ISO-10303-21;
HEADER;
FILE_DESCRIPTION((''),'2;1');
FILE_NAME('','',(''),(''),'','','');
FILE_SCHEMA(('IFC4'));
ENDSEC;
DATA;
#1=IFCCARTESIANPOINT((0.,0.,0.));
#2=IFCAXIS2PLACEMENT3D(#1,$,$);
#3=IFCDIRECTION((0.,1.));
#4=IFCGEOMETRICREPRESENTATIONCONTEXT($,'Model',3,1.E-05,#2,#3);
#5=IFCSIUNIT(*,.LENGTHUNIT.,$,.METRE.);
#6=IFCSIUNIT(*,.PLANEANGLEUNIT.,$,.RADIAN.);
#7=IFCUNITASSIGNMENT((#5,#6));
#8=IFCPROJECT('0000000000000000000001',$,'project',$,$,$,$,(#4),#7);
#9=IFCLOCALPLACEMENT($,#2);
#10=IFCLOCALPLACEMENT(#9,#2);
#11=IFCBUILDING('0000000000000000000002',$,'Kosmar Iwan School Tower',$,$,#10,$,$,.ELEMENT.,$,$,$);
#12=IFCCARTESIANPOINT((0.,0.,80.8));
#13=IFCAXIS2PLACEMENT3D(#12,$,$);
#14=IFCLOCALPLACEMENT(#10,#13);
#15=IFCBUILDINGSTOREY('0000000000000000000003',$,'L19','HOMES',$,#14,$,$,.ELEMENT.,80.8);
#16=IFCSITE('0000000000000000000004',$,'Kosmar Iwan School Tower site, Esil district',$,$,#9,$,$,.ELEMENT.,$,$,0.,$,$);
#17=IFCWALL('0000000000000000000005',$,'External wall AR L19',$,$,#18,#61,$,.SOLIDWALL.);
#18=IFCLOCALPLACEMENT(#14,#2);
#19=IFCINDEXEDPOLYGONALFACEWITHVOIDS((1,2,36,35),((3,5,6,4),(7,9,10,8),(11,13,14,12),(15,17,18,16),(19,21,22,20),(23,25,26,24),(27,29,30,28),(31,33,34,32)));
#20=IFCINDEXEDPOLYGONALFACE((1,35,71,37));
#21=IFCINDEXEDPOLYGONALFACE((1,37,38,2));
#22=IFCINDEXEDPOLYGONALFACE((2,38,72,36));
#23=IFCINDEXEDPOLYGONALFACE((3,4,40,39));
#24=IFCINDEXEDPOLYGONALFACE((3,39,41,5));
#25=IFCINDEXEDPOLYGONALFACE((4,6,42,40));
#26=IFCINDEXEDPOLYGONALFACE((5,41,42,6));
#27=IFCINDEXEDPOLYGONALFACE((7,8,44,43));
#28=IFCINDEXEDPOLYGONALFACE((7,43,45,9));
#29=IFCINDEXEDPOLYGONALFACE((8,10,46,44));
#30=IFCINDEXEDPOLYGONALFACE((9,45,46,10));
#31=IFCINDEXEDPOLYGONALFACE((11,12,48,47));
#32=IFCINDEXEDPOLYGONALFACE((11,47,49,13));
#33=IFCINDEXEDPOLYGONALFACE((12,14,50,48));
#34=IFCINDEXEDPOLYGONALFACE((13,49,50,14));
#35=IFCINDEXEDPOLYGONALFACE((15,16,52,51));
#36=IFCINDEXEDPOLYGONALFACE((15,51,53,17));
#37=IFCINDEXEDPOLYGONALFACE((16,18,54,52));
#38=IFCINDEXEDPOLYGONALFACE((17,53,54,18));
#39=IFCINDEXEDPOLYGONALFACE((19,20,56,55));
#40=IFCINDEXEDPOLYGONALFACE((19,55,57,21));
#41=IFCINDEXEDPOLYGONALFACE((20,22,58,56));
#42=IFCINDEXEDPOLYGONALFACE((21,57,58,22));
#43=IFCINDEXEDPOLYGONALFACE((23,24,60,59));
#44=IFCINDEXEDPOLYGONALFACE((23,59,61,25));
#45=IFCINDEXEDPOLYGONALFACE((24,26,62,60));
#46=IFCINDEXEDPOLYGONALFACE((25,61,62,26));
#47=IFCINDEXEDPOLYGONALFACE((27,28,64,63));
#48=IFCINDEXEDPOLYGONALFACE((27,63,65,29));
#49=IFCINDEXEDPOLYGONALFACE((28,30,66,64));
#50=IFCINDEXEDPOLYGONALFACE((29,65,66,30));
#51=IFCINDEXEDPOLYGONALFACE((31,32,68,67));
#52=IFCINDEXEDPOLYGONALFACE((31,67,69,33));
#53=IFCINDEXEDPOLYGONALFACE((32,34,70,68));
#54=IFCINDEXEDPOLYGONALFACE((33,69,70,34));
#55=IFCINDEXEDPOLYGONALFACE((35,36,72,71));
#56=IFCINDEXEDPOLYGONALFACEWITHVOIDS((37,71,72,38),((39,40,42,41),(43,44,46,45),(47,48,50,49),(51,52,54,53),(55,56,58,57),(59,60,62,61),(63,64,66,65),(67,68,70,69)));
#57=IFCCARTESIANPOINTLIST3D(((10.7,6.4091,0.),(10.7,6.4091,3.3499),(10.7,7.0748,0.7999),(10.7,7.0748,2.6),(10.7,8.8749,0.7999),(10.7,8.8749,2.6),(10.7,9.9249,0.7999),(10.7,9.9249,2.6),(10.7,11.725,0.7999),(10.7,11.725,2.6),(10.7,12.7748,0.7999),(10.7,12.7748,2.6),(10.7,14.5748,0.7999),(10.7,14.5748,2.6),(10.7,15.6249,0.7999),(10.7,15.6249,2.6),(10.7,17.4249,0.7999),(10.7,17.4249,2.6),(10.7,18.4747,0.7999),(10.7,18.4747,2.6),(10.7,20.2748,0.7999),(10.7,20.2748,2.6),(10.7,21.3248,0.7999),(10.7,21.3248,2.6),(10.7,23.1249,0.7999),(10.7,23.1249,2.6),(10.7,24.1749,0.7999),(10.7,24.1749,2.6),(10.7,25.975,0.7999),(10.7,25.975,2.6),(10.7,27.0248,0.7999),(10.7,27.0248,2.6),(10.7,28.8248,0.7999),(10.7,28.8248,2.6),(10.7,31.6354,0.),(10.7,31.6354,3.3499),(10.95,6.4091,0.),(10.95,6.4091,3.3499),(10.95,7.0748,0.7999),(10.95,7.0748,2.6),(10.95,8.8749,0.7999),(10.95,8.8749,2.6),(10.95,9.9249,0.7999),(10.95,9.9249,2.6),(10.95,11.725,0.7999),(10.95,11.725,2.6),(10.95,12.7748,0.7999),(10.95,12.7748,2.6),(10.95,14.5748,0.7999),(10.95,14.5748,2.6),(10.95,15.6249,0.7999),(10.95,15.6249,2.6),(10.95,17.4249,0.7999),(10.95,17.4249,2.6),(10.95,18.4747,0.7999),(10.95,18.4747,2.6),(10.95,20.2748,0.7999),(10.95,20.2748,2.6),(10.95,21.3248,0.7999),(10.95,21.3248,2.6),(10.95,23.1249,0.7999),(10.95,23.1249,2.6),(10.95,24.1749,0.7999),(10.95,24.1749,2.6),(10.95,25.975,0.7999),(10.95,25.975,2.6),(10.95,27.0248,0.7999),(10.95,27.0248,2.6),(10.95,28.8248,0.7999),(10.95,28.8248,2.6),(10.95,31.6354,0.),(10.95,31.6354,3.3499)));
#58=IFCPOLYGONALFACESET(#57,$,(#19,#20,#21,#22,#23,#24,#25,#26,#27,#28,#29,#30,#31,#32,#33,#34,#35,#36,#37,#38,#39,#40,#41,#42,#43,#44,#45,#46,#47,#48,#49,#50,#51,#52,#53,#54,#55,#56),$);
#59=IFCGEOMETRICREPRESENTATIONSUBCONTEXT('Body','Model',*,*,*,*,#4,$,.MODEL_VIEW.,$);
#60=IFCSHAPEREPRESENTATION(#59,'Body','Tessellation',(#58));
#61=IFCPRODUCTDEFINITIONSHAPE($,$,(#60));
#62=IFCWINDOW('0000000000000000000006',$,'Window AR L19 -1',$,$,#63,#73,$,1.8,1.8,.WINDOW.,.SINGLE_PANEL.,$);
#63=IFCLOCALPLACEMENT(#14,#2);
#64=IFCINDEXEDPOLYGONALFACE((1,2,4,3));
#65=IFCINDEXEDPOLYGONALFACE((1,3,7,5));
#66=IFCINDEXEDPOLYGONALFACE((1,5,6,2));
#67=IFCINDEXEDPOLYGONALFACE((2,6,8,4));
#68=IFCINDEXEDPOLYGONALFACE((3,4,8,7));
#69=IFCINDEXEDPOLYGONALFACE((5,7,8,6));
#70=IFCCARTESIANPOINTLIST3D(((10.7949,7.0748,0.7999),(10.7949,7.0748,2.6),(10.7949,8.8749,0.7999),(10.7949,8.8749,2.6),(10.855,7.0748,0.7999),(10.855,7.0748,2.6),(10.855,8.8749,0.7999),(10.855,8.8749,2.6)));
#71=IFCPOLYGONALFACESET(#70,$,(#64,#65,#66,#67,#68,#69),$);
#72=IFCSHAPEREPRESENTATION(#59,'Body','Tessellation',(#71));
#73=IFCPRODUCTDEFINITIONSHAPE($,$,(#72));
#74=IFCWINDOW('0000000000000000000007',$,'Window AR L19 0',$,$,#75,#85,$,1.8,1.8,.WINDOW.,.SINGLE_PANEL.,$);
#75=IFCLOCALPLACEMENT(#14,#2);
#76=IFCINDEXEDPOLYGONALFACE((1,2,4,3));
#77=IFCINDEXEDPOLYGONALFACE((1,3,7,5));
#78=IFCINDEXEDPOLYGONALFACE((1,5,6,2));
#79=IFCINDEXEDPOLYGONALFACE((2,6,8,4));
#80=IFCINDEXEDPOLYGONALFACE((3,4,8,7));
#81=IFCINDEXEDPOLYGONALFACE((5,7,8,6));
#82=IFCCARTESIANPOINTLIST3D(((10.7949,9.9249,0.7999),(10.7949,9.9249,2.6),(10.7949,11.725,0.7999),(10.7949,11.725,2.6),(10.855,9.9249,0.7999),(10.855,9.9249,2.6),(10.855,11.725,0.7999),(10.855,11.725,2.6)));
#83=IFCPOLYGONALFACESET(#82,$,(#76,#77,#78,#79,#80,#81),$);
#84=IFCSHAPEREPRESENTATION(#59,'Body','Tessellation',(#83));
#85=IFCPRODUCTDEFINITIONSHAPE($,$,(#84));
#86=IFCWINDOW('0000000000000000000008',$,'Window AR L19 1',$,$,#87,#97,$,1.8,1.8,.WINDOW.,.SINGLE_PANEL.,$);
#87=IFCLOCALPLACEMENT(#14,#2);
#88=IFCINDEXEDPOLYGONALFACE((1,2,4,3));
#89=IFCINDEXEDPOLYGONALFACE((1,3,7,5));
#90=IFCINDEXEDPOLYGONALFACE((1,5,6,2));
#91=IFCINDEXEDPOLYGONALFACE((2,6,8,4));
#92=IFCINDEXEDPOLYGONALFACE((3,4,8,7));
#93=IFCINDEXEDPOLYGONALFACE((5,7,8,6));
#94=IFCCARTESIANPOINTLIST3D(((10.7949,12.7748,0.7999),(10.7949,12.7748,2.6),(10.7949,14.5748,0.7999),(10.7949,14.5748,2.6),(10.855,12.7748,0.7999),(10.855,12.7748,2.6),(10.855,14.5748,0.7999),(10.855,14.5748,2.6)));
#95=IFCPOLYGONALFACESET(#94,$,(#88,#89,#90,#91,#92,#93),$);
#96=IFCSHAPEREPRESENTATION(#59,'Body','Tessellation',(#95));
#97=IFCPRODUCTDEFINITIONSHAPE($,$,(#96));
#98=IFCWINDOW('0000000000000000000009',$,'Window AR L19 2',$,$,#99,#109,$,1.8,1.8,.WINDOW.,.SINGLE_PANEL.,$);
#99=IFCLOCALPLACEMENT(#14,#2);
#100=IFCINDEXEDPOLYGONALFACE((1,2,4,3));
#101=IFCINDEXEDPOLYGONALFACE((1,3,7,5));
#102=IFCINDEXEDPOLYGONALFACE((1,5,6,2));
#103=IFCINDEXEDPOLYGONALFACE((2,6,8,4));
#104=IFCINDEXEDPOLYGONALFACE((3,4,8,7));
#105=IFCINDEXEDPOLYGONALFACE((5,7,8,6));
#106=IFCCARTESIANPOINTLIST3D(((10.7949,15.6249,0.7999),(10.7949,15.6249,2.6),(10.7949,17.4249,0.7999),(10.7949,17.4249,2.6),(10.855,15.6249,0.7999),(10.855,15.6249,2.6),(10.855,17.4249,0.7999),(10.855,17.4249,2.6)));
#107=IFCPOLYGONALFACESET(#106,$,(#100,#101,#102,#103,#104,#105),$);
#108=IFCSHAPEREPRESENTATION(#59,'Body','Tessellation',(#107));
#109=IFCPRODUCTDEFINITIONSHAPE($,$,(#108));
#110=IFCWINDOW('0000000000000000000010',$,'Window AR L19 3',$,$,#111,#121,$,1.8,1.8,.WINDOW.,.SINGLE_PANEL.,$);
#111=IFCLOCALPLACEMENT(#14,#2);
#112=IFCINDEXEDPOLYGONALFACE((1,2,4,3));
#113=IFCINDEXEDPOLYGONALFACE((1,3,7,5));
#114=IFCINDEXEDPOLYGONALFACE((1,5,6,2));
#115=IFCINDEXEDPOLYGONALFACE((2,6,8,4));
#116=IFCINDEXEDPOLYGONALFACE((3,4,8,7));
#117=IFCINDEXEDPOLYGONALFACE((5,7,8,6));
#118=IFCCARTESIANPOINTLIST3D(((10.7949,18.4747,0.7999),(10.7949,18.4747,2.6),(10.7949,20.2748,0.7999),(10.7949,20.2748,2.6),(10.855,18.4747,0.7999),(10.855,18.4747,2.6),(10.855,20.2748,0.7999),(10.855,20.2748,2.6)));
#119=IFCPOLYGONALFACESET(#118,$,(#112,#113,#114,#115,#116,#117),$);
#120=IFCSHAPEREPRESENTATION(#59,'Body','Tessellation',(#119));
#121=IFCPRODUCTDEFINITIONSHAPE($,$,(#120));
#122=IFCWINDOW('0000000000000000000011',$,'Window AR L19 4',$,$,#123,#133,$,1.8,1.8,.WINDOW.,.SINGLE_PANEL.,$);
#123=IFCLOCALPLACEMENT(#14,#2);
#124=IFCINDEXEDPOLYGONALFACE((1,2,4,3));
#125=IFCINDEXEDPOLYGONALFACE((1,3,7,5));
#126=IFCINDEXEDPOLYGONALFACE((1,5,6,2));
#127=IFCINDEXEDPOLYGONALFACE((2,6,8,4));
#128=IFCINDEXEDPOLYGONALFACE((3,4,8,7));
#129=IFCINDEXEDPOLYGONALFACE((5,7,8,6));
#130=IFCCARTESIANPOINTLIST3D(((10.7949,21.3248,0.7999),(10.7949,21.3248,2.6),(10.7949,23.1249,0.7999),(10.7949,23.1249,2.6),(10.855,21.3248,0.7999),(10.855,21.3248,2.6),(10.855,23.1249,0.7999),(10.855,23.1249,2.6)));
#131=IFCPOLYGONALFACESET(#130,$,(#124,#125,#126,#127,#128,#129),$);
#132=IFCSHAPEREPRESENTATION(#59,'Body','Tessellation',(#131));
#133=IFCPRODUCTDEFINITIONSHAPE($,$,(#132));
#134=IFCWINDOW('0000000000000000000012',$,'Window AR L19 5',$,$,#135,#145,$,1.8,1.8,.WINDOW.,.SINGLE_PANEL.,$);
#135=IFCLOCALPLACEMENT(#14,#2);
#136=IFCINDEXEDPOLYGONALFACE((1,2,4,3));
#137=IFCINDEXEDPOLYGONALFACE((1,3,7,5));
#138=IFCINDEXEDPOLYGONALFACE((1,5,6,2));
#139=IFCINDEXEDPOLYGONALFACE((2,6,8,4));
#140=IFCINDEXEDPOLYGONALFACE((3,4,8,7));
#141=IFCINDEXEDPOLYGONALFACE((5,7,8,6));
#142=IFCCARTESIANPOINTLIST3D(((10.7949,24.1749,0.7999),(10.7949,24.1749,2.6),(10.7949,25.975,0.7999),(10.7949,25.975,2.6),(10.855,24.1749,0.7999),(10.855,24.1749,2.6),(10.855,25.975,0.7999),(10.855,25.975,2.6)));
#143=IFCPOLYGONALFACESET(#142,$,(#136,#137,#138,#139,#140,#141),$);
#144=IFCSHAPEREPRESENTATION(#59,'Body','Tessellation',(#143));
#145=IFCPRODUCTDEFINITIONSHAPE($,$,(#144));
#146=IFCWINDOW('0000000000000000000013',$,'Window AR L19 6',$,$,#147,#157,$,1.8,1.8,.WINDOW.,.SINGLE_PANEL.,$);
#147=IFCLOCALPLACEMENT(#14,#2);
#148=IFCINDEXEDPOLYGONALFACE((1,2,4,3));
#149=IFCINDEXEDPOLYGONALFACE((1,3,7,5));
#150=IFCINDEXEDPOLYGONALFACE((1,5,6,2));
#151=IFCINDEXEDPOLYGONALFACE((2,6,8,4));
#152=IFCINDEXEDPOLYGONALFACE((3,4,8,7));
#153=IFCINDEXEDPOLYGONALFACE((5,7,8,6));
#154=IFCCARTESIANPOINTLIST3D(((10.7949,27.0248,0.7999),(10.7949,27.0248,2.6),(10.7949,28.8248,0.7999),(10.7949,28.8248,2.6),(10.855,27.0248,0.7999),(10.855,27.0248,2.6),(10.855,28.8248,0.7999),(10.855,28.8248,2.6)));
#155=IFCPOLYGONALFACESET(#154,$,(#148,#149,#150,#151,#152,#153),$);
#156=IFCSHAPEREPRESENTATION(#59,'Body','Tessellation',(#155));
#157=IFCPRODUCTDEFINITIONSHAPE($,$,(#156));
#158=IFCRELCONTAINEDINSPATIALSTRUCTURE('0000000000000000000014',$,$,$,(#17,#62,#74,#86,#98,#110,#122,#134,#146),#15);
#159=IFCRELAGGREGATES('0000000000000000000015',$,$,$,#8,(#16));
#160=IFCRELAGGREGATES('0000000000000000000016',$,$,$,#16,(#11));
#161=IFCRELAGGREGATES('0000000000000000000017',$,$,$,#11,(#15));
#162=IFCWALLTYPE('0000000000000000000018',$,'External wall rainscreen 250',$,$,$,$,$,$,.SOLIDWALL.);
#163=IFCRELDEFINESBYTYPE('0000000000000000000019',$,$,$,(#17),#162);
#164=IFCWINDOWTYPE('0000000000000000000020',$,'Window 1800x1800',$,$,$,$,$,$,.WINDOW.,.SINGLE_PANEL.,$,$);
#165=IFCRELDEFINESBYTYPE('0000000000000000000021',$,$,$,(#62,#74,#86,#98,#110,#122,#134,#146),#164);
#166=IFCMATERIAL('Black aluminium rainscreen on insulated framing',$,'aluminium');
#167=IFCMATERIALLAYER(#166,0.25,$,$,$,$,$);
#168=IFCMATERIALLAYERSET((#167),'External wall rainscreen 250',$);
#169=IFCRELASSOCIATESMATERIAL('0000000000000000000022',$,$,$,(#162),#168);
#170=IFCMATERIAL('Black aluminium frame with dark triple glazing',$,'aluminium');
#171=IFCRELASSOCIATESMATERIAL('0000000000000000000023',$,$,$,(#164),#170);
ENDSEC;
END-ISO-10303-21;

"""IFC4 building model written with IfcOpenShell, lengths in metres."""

from ifc_helpers import new_model, si_unit, direction, frame, frame_2d, origin, place, context, subcontext, project, spatial, rectangle, extrude, material, layer, layer_set, type_object, element, fill, save


model = new_model("IFC4")

# Units and contexts
model_context = context("Model", 3, precision=1e-05, world=origin(), true_north=direction((0.0, 1.0)))
body_context = subcontext(model_context, "Body", "Model", "MODEL_VIEW")
ifc_project = project(units=[si_unit("LENGTHUNIT", "METRE"), si_unit("PLANEANGLEUNIT", "RADIAN")], contexts=[model_context])

# Site, building, storey
site_placement = place(None, origin())
site = spatial("IfcSite", under=ifc_project, at=site_placement, Name="Kosmar Iwan School Tower site, Esil district", CompositionType="ELEMENT", RefElevation=0.0)
building_placement = place(site_placement, origin())
building = spatial("IfcBuilding", under=site, at=building_placement, Name="Kosmar Iwan School Tower", CompositionType="ELEMENT")
storey_placement = place(building_placement, frame((0.0, 0.0, 80.8)))
storey = spatial("IfcBuildingStorey", under=building, at=storey_placement, Name="L19", Description="HOMES", CompositionType="ELEMENT", Elevation=80.8)

# Wall, openings, windows
ifc_material_1 = material(Name="Black aluminium rainscreen on insulated framing", Category="aluminium")
ifc_layer = layer(ifc_material_1, 0.25)
ifc_layer_set = layer_set([ifc_layer], Name="External wall rainscreen 250")
wall_type = type_object("IfcWallType", Name="External wall rainscreen 250", PredefinedType="SOLIDWALL", material=ifc_layer_set)
ifc_material_2 = material(Name="Black aluminium frame with dark triple glazing", Category="aluminium")
window_type = type_object("IfcWindowType", Name="Window 1800x1800", PartitioningType="SINGLE_PANEL", PredefinedType="WINDOW", material=ifc_material_2)
wall_1_placement = place(storey_placement, frame((10.825, 6.4089, 0.0), z_axis=(0.0, 0.0, 1.0), x_axis=(0.0, 1.0, 0.0)))
wall_1 = element("IfcWall", 1, at=wall_1_placement, inside=storey, type_object=wall_type, Name="External wall AR L19", PredefinedType="SOLIDWALL", context=body_context, shape_type="SweptSolid", body=[
    extrude(rectangle(XDim=25.2263, YDim=0.25, at=frame_2d((12.6133, 0.0))), origin(), (0.0, 0.0, 1.0), 3.3499),
])
opening_1_placement = place(wall_1_placement, frame((0.666, 0.0, 0.8)))
opening_1 = element("IfcOpeningElement", 2, at=opening_1_placement, cuts=wall_1, PredefinedType="OPENING", context=body_context, shape_type="SweptSolid", body=[
    extrude(rectangle(XDim=1.8, YDim=1.8, at=frame_2d((0.8999, 0.8999))), frame((0.0, 0.137, 0.0), z_axis=(0.0, -1.0, 0.0), x_axis=(1.0, 0.0, 0.0)), (0.0, 0.0, 1.0), 0.2739),
])
opening_2_placement = place(wall_1_placement, frame((3.5161, 0.0, 0.8)))
opening_2 = element("IfcOpeningElement", 3, at=opening_2_placement, cuts=wall_1, PredefinedType="OPENING", context=body_context, shape_type="SweptSolid", body=[
    extrude(rectangle(XDim=1.8, YDim=1.8, at=frame_2d((0.8999, 0.8999))), frame((0.0, 0.137, 0.0), z_axis=(0.0, -1.0, 0.0), x_axis=(1.0, 0.0, 0.0)), (0.0, 0.0, 1.0), 0.2739),
])
opening_3_placement = place(wall_1_placement, frame((6.366, 0.0, 0.8)))
opening_3 = element("IfcOpeningElement", 4, at=opening_3_placement, cuts=wall_1, PredefinedType="OPENING", context=body_context, shape_type="SweptSolid", body=[
    extrude(rectangle(XDim=1.8, YDim=1.8, at=frame_2d((0.8999, 0.8999))), frame((0.0, 0.137, 0.0), z_axis=(0.0, -1.0, 0.0), x_axis=(1.0, 0.0, 0.0)), (0.0, 0.0, 1.0), 0.2739),
])
opening_4_placement = place(wall_1_placement, frame((9.2161, 0.0, 0.8)))
opening_4 = element("IfcOpeningElement", 5, at=opening_4_placement, cuts=wall_1, PredefinedType="OPENING", context=body_context, shape_type="SweptSolid", body=[
    extrude(rectangle(XDim=1.8, YDim=1.8, at=frame_2d((0.8999, 0.8999))), frame((0.0, 0.137, 0.0), z_axis=(0.0, -1.0, 0.0), x_axis=(1.0, 0.0, 0.0)), (0.0, 0.0, 1.0), 0.2739),
])
opening_5_placement = place(wall_1_placement, frame((12.0659, 0.0, 0.8)))
opening_5 = element("IfcOpeningElement", 6, at=opening_5_placement, cuts=wall_1, PredefinedType="OPENING", context=body_context, shape_type="SweptSolid", body=[
    extrude(rectangle(XDim=1.8, YDim=1.8, at=frame_2d((0.8999, 0.8999))), frame((0.0, 0.137, 0.0), z_axis=(0.0, -1.0, 0.0), x_axis=(1.0, 0.0, 0.0)), (0.0, 0.0, 1.0), 0.2739),
])
opening_6_placement = place(wall_1_placement, frame((14.916, 0.0, 0.8)))
opening_6 = element("IfcOpeningElement", 7, at=opening_6_placement, cuts=wall_1, PredefinedType="OPENING", context=body_context, shape_type="SweptSolid", body=[
    extrude(rectangle(XDim=1.8, YDim=1.8, at=frame_2d((0.8999, 0.8999))), frame((0.0, 0.137, 0.0), z_axis=(0.0, -1.0, 0.0), x_axis=(1.0, 0.0, 0.0)), (0.0, 0.0, 1.0), 0.2739),
])
opening_7_placement = place(wall_1_placement, frame((17.7661, 0.0, 0.8)))
opening_7 = element("IfcOpeningElement", 8, at=opening_7_placement, cuts=wall_1, PredefinedType="OPENING", context=body_context, shape_type="SweptSolid", body=[
    extrude(rectangle(XDim=1.8, YDim=1.8, at=frame_2d((0.8999, 0.8999))), frame((0.0, 0.137, 0.0), z_axis=(0.0, -1.0, 0.0), x_axis=(1.0, 0.0, 0.0)), (0.0, 0.0, 1.0), 0.2739),
])
opening_8_placement = place(wall_1_placement, frame((20.616, 0.0, 0.8)))
opening_8 = element("IfcOpeningElement", 9, at=opening_8_placement, cuts=wall_1, PredefinedType="OPENING", context=body_context, shape_type="SweptSolid", body=[
    extrude(rectangle(XDim=1.8, YDim=1.8, at=frame_2d((0.8999, 0.8999))), frame((0.0, 0.137, 0.0), z_axis=(0.0, -1.0, 0.0), x_axis=(1.0, 0.0, 0.0)), (0.0, 0.0, 1.0), 0.2739),
])
window_1_placement = place(opening_1_placement, origin())
window_1 = element("IfcWindow", 10, at=window_1_placement, inside=storey, type_object=window_type, Name="Window AR L19 -1", OverallHeight=1.8, OverallWidth=1.8, PartitioningType="SINGLE_PANEL", PredefinedType="WINDOW", context=body_context, shape_type="SweptSolid", body=[
    extrude(rectangle(XDim=1.8, YDim=1.8, at=frame_2d((0.8999, 0.8999))), frame((0.0, 0.03, 0.0), z_axis=(0.0, -1.0, 0.0), x_axis=(1.0, 0.0, 0.0)), (0.0, 0.0, 1.0), 0.0601),
])
fill(opening_1, window_1)
window_2_placement = place(opening_2_placement, origin())
window_2 = element("IfcWindow", 11, at=window_2_placement, inside=storey, type_object=window_type, Name="Window AR L19 0", OverallHeight=1.8, OverallWidth=1.8, PartitioningType="SINGLE_PANEL", PredefinedType="WINDOW", context=body_context, shape_type="SweptSolid", body=[
    extrude(rectangle(XDim=1.8, YDim=1.8, at=frame_2d((0.8999, 0.8999))), frame((0.0, 0.03, 0.0), z_axis=(0.0, -1.0, 0.0), x_axis=(1.0, 0.0, 0.0)), (0.0, 0.0, 1.0), 0.0601),
])
fill(opening_2, window_2)
window_3_placement = place(opening_3_placement, origin())
window_3 = element("IfcWindow", 12, at=window_3_placement, inside=storey, type_object=window_type, Name="Window AR L19 1", OverallHeight=1.8, OverallWidth=1.8, PartitioningType="SINGLE_PANEL", PredefinedType="WINDOW", context=body_context, shape_type="SweptSolid", body=[
    extrude(rectangle(XDim=1.8, YDim=1.8, at=frame_2d((0.8999, 0.8999))), frame((0.0, 0.03, 0.0), z_axis=(0.0, -1.0, 0.0), x_axis=(1.0, 0.0, 0.0)), (0.0, 0.0, 1.0), 0.0601),
])
fill(opening_3, window_3)
window_4_placement = place(opening_4_placement, origin())
window_4 = element("IfcWindow", 13, at=window_4_placement, inside=storey, type_object=window_type, Name="Window AR L19 2", OverallHeight=1.8, OverallWidth=1.8, PartitioningType="SINGLE_PANEL", PredefinedType="WINDOW", context=body_context, shape_type="SweptSolid", body=[
    extrude(rectangle(XDim=1.8, YDim=1.8, at=frame_2d((0.8999, 0.8999))), frame((0.0, 0.03, 0.0), z_axis=(0.0, -1.0, 0.0), x_axis=(1.0, 0.0, 0.0)), (0.0, 0.0, 1.0), 0.0601),
])
fill(opening_4, window_4)
window_5_placement = place(opening_5_placement, origin())
window_5 = element("IfcWindow", 14, at=window_5_placement, inside=storey, type_object=window_type, Name="Window AR L19 3", OverallHeight=1.8, OverallWidth=1.8, PartitioningType="SINGLE_PANEL", PredefinedType="WINDOW", context=body_context, shape_type="SweptSolid", body=[
    extrude(rectangle(XDim=1.8, YDim=1.8, at=frame_2d((0.8999, 0.8999))), frame((0.0, 0.03, 0.0), z_axis=(0.0, -1.0, 0.0), x_axis=(1.0, 0.0, 0.0)), (0.0, 0.0, 1.0), 0.0601),
])
fill(opening_5, window_5)
window_6_placement = place(opening_6_placement, origin())
window_6 = element("IfcWindow", 15, at=window_6_placement, inside=storey, type_object=window_type, Name="Window AR L19 4", OverallHeight=1.8, OverallWidth=1.8, PartitioningType="SINGLE_PANEL", PredefinedType="WINDOW", context=body_context, shape_type="SweptSolid", body=[
    extrude(rectangle(XDim=1.8, YDim=1.8, at=frame_2d((0.8999, 0.8999))), frame((0.0, 0.03, 0.0), z_axis=(0.0, -1.0, 0.0), x_axis=(1.0, 0.0, 0.0)), (0.0, 0.0, 1.0), 0.0601),
])
fill(opening_6, window_6)
window_7_placement = place(opening_7_placement, origin())
window_7 = element("IfcWindow", 16, at=window_7_placement, inside=storey, type_object=window_type, Name="Window AR L19 5", OverallHeight=1.8, OverallWidth=1.8, PartitioningType="SINGLE_PANEL", PredefinedType="WINDOW", context=body_context, shape_type="SweptSolid", body=[
    extrude(rectangle(XDim=1.8, YDim=1.8, at=frame_2d((0.8999, 0.8999))), frame((0.0, 0.03, 0.0), z_axis=(0.0, -1.0, 0.0), x_axis=(1.0, 0.0, 0.0)), (0.0, 0.0, 1.0), 0.0601),
])
fill(opening_7, window_7)
window_8_placement = place(opening_8_placement, origin())
window_8 = element("IfcWindow", 17, at=window_8_placement, inside=storey, type_object=window_type, Name="Window AR L19 6", OverallHeight=1.8, OverallWidth=1.8, PartitioningType="SINGLE_PANEL", PredefinedType="WINDOW", context=body_context, shape_type="SweptSolid", body=[
    extrude(rectangle(XDim=1.8, YDim=1.8, at=frame_2d((0.8999, 0.8999))), frame((0.0, 0.03, 0.0), z_axis=(0.0, -1.0, 0.0), x_axis=(1.0, 0.0, 0.0)), (0.0, 0.0, 1.0), 0.0601),
])
fill(opening_8, window_8)

save(model, "model.ifc")
